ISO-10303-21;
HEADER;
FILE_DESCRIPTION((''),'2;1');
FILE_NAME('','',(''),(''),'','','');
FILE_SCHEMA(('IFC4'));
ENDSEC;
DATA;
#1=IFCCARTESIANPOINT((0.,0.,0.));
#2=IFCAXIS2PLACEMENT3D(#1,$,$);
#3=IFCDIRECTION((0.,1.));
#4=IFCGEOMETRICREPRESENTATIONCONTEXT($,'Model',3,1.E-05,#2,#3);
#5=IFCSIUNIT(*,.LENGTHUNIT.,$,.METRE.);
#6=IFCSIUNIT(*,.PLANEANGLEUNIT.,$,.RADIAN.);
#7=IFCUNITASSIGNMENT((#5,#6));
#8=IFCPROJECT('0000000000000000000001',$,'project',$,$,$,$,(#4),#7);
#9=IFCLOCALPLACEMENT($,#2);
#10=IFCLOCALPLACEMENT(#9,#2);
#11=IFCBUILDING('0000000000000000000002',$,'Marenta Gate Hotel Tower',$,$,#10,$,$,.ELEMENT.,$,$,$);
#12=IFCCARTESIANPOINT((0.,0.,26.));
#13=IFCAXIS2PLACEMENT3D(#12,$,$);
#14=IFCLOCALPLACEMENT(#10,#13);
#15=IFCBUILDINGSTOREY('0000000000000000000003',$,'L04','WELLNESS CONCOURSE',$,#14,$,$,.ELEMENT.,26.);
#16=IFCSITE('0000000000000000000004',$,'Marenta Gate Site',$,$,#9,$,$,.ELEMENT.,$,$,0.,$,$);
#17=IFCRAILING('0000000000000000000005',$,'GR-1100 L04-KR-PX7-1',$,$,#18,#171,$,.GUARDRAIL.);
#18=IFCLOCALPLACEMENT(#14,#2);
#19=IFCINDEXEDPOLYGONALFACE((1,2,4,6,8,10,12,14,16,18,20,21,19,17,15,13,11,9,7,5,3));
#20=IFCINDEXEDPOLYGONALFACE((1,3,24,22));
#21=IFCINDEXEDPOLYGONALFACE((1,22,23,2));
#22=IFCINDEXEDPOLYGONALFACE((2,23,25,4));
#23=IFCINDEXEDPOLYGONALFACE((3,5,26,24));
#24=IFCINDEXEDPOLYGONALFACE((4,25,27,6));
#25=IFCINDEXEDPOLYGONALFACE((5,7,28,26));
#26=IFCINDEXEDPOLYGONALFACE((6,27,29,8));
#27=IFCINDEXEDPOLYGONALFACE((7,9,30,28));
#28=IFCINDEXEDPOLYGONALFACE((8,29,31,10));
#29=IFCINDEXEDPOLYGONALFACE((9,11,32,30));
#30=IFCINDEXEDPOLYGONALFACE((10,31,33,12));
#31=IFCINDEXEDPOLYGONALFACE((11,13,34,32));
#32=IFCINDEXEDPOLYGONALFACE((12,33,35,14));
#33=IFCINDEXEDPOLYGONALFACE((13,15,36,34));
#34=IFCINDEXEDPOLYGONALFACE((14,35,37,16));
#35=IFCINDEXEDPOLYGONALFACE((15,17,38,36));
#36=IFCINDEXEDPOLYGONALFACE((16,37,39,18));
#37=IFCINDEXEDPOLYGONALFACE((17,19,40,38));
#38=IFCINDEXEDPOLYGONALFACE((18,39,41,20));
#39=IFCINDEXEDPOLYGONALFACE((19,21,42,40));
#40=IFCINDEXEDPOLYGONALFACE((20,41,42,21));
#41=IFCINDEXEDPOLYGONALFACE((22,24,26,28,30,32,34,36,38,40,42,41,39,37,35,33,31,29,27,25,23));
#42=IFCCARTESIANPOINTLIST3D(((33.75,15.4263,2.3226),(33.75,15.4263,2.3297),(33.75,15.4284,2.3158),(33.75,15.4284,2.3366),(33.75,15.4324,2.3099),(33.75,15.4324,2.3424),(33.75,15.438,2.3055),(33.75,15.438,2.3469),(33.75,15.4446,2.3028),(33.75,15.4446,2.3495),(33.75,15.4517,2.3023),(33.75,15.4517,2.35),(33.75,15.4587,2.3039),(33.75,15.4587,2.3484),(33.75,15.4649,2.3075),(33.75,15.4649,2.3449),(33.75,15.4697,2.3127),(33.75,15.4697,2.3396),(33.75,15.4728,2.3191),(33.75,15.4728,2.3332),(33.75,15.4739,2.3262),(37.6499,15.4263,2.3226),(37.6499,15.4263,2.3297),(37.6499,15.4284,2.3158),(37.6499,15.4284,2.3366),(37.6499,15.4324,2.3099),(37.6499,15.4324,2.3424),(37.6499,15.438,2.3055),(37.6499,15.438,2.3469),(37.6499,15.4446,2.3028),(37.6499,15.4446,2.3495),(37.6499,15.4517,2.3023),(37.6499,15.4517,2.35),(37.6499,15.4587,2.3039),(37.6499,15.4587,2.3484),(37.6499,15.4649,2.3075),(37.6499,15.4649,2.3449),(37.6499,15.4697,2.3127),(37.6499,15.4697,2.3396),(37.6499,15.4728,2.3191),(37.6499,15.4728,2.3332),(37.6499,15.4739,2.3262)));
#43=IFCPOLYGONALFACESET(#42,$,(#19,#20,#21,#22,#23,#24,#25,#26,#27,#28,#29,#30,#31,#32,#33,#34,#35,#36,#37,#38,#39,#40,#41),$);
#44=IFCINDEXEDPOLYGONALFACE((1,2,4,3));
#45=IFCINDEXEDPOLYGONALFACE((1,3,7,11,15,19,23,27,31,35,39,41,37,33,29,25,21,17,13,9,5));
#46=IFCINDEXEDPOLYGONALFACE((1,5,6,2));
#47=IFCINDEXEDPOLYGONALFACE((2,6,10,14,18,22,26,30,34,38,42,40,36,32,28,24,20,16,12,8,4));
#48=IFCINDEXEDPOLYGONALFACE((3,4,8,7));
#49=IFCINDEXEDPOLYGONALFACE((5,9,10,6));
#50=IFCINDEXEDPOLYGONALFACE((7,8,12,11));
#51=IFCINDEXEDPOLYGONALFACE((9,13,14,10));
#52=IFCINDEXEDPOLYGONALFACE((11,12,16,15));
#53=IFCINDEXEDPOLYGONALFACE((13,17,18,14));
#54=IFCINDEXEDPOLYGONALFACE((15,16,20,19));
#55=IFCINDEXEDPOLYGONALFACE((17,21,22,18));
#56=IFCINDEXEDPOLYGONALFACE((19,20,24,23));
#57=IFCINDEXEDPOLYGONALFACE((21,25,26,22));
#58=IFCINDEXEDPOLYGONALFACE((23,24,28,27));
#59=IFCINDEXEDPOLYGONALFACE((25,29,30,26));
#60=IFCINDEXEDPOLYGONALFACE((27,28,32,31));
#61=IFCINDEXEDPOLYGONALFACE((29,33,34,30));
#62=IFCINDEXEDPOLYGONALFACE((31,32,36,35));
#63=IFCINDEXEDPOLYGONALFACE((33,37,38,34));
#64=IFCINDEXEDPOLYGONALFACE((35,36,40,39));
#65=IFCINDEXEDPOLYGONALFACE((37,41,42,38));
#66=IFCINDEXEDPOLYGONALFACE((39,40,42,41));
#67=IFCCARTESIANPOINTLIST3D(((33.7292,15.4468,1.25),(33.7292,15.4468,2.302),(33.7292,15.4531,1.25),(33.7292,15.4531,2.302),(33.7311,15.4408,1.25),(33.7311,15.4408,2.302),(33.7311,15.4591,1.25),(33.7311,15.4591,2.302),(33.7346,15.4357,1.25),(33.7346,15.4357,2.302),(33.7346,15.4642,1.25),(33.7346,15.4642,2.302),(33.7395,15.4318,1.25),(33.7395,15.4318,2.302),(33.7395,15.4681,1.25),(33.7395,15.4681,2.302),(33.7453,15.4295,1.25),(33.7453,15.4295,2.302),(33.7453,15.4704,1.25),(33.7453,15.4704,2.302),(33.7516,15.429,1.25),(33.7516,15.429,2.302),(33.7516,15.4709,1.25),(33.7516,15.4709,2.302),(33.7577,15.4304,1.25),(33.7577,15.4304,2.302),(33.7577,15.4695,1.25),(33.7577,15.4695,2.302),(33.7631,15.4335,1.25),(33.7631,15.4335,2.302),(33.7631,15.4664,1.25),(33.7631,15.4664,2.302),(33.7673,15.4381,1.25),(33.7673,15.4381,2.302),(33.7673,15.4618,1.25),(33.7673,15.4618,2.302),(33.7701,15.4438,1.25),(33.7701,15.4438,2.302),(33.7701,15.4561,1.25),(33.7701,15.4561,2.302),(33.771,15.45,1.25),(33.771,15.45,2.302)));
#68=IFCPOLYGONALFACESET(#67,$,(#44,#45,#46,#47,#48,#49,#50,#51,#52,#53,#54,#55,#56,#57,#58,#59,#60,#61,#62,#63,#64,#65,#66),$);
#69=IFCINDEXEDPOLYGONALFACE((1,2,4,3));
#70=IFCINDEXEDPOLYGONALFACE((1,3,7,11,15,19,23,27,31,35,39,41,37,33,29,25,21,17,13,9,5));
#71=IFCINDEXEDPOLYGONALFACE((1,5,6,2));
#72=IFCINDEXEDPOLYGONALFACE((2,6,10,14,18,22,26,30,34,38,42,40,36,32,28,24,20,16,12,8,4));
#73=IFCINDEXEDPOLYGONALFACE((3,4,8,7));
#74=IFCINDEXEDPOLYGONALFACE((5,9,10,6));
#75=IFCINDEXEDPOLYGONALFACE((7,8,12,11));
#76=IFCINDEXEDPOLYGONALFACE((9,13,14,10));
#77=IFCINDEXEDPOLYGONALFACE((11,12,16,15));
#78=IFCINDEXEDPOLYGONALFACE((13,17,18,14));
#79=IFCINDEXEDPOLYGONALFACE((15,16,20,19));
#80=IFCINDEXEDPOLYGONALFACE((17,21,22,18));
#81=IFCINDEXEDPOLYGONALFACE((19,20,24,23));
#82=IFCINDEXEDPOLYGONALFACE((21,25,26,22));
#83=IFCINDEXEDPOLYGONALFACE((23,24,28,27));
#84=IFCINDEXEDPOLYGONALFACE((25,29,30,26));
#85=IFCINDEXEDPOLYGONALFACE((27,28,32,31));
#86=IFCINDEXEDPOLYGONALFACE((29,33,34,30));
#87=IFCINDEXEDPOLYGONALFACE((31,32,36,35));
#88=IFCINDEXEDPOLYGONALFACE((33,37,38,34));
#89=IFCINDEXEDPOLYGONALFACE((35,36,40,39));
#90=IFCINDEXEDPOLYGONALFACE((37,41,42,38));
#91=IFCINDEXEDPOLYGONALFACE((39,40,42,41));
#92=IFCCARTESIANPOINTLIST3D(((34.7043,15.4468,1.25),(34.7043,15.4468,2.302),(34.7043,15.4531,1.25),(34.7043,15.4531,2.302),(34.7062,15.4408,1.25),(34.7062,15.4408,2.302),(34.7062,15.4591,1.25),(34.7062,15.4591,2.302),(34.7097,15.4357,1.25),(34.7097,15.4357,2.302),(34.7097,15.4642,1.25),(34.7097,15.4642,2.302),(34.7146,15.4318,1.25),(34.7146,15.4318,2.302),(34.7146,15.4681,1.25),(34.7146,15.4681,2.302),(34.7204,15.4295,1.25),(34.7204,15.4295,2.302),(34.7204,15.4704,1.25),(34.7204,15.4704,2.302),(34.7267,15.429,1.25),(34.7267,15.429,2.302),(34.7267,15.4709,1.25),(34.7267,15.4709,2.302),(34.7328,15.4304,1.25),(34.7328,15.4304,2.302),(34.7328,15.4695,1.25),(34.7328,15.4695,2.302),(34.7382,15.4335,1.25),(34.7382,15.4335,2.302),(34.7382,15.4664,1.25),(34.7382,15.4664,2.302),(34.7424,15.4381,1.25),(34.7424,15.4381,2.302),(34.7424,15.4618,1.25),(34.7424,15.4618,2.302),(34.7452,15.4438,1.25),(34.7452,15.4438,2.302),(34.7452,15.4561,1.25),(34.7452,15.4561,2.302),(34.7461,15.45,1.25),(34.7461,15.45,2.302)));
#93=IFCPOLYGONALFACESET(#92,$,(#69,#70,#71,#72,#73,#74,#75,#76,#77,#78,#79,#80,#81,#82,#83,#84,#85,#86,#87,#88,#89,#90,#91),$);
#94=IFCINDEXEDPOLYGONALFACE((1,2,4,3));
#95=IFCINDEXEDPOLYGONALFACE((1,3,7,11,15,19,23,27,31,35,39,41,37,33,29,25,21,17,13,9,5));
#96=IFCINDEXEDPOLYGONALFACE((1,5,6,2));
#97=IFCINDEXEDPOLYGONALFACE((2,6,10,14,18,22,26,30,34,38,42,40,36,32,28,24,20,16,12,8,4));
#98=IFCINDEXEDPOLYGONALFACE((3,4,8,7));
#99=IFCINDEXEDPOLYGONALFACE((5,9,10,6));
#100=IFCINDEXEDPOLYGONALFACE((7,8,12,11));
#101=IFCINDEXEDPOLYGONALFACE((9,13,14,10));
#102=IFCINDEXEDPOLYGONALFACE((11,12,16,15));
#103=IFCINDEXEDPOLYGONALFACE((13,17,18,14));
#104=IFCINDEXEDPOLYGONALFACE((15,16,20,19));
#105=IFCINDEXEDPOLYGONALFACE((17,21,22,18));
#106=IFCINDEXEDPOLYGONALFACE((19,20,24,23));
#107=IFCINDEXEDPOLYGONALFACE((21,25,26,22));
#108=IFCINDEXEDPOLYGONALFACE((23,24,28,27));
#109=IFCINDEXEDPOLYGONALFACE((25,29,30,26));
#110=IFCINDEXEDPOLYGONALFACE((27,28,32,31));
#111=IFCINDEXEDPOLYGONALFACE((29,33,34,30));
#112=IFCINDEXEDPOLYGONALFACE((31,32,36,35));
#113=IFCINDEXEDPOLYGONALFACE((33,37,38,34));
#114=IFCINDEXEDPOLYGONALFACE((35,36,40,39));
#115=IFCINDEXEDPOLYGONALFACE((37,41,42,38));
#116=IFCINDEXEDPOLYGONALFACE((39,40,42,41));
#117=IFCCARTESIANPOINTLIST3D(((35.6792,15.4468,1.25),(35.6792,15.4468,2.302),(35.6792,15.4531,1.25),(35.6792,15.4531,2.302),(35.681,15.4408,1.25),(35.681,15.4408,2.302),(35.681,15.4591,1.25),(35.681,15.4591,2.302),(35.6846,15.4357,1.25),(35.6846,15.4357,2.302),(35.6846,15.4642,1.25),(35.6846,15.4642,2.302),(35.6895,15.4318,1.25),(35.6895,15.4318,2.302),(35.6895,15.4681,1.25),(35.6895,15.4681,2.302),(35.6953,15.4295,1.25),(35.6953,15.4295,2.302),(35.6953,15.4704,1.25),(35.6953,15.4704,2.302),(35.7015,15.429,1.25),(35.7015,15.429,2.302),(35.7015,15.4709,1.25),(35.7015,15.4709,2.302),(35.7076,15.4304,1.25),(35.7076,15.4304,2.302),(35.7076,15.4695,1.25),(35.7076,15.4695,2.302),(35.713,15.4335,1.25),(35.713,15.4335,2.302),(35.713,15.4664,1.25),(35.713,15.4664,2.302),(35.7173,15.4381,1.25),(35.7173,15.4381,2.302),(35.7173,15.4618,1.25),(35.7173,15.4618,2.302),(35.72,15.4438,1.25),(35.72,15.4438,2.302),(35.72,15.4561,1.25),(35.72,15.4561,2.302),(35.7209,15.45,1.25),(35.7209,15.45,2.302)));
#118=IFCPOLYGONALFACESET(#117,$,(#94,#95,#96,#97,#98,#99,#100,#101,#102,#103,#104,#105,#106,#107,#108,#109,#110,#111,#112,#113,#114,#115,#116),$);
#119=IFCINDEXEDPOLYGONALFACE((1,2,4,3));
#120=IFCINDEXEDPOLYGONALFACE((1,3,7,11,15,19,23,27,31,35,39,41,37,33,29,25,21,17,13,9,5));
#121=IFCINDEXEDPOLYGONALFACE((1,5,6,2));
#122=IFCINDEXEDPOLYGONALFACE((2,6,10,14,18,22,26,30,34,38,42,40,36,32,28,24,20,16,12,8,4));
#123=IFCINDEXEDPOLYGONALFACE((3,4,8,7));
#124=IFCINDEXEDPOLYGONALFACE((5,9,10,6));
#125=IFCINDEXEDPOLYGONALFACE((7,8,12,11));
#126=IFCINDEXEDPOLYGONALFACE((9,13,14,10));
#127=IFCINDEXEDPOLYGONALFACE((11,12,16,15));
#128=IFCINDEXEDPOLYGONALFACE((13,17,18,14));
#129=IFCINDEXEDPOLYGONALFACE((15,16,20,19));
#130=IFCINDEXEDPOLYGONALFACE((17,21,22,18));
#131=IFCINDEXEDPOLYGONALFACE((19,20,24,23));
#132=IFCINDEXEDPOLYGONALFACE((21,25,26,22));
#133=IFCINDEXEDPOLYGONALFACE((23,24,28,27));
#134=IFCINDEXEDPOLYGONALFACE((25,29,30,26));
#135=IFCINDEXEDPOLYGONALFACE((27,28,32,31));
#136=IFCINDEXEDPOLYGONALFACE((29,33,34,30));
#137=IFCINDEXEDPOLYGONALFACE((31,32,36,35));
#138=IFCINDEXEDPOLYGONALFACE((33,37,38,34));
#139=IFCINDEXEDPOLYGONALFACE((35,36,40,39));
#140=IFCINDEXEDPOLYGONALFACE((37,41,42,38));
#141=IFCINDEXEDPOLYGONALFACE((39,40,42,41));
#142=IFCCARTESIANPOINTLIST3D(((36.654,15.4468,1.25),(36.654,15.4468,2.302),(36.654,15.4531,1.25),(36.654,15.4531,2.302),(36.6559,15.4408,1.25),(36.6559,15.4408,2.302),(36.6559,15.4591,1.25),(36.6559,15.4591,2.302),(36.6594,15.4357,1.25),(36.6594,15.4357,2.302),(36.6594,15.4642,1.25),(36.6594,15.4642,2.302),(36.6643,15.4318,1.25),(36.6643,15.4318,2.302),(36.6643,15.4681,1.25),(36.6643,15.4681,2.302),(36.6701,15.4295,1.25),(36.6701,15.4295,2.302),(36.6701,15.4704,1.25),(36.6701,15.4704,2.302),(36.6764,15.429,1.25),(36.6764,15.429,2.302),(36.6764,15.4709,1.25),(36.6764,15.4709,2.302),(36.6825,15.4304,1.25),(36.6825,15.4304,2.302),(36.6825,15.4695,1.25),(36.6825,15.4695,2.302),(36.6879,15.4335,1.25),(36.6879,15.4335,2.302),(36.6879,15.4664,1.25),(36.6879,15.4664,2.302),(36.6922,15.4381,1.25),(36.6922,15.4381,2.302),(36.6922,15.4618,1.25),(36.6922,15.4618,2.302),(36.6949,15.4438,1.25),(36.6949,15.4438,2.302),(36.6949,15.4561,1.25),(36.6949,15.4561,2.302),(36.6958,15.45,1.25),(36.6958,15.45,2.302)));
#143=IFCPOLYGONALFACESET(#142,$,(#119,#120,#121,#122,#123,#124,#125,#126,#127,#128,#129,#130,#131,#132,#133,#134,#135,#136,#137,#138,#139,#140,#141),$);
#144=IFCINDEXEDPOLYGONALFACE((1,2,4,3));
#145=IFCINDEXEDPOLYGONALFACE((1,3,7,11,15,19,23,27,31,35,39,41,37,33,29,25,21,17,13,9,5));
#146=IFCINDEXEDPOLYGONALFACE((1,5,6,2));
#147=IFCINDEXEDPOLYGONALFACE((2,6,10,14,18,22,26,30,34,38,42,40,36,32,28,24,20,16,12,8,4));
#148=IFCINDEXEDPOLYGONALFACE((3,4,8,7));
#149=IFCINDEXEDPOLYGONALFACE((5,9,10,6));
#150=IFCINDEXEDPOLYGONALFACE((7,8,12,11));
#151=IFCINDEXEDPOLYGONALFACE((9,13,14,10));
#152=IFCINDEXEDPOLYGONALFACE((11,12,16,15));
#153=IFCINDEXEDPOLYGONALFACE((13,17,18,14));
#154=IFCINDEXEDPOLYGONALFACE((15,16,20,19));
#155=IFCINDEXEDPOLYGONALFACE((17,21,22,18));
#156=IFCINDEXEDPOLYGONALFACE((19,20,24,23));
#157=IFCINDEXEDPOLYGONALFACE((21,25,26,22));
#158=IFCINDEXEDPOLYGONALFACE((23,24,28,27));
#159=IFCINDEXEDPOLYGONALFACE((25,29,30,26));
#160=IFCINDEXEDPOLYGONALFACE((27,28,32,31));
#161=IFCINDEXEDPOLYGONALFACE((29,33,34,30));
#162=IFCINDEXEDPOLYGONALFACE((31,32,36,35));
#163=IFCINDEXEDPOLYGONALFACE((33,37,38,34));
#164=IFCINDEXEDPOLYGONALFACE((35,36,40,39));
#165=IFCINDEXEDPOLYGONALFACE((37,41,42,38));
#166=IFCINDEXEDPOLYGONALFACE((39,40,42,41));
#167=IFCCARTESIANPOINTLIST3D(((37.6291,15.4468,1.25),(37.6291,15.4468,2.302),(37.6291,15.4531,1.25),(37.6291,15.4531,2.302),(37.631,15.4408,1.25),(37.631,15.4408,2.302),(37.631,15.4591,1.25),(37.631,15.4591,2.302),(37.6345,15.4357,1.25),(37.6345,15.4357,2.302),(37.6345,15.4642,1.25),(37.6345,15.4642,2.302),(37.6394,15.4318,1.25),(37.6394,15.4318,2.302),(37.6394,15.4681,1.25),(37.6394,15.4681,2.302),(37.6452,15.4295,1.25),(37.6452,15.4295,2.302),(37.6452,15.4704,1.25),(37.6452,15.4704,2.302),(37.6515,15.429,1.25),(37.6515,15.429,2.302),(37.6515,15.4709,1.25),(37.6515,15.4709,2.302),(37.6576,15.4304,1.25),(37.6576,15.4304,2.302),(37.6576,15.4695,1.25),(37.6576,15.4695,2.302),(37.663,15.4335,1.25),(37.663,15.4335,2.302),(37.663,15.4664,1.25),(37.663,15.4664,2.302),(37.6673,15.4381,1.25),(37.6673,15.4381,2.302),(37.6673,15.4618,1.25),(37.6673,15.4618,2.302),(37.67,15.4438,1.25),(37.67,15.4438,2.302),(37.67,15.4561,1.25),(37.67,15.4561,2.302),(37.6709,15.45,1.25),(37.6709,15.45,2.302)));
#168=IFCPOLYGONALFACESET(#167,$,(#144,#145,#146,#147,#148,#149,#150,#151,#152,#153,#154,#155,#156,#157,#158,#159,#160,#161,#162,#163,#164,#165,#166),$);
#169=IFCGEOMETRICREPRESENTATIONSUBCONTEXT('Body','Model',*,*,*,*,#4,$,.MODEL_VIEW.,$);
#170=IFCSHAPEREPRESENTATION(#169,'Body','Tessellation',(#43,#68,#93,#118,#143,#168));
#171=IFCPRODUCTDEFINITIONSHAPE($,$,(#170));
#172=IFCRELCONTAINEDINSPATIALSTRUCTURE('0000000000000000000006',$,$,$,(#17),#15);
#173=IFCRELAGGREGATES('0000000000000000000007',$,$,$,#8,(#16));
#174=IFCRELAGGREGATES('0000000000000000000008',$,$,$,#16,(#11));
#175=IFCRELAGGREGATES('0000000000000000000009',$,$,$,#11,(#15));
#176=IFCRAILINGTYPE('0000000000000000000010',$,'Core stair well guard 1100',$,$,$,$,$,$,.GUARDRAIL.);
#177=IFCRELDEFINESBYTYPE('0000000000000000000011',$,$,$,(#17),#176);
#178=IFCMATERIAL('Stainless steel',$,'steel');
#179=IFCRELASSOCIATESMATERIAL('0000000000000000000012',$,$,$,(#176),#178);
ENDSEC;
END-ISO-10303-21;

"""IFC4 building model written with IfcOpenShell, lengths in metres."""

from ifc_helpers import new_model, si_unit, direction, frame, origin, origin_2d, place, context, subcontext, project, spatial, circle, extrude, material, type_object, element, save


model = new_model("IFC4")

# Units and contexts
model_context = context("Model", 3, precision=1e-05, world=origin(), true_north=direction((0.0, 1.0)))
body_context = subcontext(model_context, "Body", "Model", "MODEL_VIEW")
ifc_project = project(units=[si_unit("LENGTHUNIT", "METRE"), si_unit("PLANEANGLEUNIT", "RADIAN")], contexts=[model_context])

# Site, building, storey
site_placement = place(None, origin())
site = spatial("IfcSite", under=ifc_project, at=site_placement, Name="Marenta Gate Site", CompositionType="ELEMENT", RefElevation=0.0)
building_placement = place(site_placement, origin())
building = spatial("IfcBuilding", under=site, at=building_placement, Name="Marenta Gate Hotel Tower", CompositionType="ELEMENT")
storey_placement = place(building_placement, frame((0.0, 0.0, 26.0)))
storey = spatial("IfcBuildingStorey", under=building, at=storey_placement, Name="L04", Description="WELLNESS CONCOURSE", CompositionType="ELEMENT", Elevation=26.0)

# Railing
ifc_material_1 = material(Name="Stainless steel", Category="steel")
railing_type = type_object("IfcRailingType", Name="Core stair well guard 1100", PredefinedType="GUARDRAIL", material=ifc_material_1)
for number, where, name in (
    (1, (33.75, 15.45, 1.25), "GR-1100 L04-KR-PX7-1"),
):
    element("IfcRailing", number, at=place(storey_placement, frame(where)), inside=storey, type_object=railing_type, Name=name, PredefinedType="GUARDRAIL", context=body_context, shape_type="SweptSolid", body=[
        extrude(circle(Radius=0.0239, at=origin_2d()), frame((0.0, 0.0, 1.0762), z_axis=(1.0, 0.0, 0.0), x_axis=(0.0, 1.0, 0.0)), (0.0, 0.0, 1.0), 3.8999),
        extrude(circle(Radius=0.021, at=origin_2d()), origin(), (0.0, 0.0, 1.0), 1.052),
        extrude(circle(Radius=0.021, at=origin_2d()), frame((0.9751, 0.0, 0.0)), (0.0, 0.0, 1.0), 1.052),
        extrude(circle(Radius=0.021, at=origin_2d()), frame((1.95, 0.0, 0.0)), (0.0, 0.0, 1.0), 1.052),
        extrude(circle(Radius=0.021, at=origin_2d()), frame((2.9248, 0.0, 0.0)), (0.0, 0.0, 1.0), 1.052),
        extrude(circle(Radius=0.021, at=origin_2d()), frame((3.8999, 0.0, 0.0)), (0.0, 0.0, 1.0), 1.052),
    ])

save(model, "model.ifc")
